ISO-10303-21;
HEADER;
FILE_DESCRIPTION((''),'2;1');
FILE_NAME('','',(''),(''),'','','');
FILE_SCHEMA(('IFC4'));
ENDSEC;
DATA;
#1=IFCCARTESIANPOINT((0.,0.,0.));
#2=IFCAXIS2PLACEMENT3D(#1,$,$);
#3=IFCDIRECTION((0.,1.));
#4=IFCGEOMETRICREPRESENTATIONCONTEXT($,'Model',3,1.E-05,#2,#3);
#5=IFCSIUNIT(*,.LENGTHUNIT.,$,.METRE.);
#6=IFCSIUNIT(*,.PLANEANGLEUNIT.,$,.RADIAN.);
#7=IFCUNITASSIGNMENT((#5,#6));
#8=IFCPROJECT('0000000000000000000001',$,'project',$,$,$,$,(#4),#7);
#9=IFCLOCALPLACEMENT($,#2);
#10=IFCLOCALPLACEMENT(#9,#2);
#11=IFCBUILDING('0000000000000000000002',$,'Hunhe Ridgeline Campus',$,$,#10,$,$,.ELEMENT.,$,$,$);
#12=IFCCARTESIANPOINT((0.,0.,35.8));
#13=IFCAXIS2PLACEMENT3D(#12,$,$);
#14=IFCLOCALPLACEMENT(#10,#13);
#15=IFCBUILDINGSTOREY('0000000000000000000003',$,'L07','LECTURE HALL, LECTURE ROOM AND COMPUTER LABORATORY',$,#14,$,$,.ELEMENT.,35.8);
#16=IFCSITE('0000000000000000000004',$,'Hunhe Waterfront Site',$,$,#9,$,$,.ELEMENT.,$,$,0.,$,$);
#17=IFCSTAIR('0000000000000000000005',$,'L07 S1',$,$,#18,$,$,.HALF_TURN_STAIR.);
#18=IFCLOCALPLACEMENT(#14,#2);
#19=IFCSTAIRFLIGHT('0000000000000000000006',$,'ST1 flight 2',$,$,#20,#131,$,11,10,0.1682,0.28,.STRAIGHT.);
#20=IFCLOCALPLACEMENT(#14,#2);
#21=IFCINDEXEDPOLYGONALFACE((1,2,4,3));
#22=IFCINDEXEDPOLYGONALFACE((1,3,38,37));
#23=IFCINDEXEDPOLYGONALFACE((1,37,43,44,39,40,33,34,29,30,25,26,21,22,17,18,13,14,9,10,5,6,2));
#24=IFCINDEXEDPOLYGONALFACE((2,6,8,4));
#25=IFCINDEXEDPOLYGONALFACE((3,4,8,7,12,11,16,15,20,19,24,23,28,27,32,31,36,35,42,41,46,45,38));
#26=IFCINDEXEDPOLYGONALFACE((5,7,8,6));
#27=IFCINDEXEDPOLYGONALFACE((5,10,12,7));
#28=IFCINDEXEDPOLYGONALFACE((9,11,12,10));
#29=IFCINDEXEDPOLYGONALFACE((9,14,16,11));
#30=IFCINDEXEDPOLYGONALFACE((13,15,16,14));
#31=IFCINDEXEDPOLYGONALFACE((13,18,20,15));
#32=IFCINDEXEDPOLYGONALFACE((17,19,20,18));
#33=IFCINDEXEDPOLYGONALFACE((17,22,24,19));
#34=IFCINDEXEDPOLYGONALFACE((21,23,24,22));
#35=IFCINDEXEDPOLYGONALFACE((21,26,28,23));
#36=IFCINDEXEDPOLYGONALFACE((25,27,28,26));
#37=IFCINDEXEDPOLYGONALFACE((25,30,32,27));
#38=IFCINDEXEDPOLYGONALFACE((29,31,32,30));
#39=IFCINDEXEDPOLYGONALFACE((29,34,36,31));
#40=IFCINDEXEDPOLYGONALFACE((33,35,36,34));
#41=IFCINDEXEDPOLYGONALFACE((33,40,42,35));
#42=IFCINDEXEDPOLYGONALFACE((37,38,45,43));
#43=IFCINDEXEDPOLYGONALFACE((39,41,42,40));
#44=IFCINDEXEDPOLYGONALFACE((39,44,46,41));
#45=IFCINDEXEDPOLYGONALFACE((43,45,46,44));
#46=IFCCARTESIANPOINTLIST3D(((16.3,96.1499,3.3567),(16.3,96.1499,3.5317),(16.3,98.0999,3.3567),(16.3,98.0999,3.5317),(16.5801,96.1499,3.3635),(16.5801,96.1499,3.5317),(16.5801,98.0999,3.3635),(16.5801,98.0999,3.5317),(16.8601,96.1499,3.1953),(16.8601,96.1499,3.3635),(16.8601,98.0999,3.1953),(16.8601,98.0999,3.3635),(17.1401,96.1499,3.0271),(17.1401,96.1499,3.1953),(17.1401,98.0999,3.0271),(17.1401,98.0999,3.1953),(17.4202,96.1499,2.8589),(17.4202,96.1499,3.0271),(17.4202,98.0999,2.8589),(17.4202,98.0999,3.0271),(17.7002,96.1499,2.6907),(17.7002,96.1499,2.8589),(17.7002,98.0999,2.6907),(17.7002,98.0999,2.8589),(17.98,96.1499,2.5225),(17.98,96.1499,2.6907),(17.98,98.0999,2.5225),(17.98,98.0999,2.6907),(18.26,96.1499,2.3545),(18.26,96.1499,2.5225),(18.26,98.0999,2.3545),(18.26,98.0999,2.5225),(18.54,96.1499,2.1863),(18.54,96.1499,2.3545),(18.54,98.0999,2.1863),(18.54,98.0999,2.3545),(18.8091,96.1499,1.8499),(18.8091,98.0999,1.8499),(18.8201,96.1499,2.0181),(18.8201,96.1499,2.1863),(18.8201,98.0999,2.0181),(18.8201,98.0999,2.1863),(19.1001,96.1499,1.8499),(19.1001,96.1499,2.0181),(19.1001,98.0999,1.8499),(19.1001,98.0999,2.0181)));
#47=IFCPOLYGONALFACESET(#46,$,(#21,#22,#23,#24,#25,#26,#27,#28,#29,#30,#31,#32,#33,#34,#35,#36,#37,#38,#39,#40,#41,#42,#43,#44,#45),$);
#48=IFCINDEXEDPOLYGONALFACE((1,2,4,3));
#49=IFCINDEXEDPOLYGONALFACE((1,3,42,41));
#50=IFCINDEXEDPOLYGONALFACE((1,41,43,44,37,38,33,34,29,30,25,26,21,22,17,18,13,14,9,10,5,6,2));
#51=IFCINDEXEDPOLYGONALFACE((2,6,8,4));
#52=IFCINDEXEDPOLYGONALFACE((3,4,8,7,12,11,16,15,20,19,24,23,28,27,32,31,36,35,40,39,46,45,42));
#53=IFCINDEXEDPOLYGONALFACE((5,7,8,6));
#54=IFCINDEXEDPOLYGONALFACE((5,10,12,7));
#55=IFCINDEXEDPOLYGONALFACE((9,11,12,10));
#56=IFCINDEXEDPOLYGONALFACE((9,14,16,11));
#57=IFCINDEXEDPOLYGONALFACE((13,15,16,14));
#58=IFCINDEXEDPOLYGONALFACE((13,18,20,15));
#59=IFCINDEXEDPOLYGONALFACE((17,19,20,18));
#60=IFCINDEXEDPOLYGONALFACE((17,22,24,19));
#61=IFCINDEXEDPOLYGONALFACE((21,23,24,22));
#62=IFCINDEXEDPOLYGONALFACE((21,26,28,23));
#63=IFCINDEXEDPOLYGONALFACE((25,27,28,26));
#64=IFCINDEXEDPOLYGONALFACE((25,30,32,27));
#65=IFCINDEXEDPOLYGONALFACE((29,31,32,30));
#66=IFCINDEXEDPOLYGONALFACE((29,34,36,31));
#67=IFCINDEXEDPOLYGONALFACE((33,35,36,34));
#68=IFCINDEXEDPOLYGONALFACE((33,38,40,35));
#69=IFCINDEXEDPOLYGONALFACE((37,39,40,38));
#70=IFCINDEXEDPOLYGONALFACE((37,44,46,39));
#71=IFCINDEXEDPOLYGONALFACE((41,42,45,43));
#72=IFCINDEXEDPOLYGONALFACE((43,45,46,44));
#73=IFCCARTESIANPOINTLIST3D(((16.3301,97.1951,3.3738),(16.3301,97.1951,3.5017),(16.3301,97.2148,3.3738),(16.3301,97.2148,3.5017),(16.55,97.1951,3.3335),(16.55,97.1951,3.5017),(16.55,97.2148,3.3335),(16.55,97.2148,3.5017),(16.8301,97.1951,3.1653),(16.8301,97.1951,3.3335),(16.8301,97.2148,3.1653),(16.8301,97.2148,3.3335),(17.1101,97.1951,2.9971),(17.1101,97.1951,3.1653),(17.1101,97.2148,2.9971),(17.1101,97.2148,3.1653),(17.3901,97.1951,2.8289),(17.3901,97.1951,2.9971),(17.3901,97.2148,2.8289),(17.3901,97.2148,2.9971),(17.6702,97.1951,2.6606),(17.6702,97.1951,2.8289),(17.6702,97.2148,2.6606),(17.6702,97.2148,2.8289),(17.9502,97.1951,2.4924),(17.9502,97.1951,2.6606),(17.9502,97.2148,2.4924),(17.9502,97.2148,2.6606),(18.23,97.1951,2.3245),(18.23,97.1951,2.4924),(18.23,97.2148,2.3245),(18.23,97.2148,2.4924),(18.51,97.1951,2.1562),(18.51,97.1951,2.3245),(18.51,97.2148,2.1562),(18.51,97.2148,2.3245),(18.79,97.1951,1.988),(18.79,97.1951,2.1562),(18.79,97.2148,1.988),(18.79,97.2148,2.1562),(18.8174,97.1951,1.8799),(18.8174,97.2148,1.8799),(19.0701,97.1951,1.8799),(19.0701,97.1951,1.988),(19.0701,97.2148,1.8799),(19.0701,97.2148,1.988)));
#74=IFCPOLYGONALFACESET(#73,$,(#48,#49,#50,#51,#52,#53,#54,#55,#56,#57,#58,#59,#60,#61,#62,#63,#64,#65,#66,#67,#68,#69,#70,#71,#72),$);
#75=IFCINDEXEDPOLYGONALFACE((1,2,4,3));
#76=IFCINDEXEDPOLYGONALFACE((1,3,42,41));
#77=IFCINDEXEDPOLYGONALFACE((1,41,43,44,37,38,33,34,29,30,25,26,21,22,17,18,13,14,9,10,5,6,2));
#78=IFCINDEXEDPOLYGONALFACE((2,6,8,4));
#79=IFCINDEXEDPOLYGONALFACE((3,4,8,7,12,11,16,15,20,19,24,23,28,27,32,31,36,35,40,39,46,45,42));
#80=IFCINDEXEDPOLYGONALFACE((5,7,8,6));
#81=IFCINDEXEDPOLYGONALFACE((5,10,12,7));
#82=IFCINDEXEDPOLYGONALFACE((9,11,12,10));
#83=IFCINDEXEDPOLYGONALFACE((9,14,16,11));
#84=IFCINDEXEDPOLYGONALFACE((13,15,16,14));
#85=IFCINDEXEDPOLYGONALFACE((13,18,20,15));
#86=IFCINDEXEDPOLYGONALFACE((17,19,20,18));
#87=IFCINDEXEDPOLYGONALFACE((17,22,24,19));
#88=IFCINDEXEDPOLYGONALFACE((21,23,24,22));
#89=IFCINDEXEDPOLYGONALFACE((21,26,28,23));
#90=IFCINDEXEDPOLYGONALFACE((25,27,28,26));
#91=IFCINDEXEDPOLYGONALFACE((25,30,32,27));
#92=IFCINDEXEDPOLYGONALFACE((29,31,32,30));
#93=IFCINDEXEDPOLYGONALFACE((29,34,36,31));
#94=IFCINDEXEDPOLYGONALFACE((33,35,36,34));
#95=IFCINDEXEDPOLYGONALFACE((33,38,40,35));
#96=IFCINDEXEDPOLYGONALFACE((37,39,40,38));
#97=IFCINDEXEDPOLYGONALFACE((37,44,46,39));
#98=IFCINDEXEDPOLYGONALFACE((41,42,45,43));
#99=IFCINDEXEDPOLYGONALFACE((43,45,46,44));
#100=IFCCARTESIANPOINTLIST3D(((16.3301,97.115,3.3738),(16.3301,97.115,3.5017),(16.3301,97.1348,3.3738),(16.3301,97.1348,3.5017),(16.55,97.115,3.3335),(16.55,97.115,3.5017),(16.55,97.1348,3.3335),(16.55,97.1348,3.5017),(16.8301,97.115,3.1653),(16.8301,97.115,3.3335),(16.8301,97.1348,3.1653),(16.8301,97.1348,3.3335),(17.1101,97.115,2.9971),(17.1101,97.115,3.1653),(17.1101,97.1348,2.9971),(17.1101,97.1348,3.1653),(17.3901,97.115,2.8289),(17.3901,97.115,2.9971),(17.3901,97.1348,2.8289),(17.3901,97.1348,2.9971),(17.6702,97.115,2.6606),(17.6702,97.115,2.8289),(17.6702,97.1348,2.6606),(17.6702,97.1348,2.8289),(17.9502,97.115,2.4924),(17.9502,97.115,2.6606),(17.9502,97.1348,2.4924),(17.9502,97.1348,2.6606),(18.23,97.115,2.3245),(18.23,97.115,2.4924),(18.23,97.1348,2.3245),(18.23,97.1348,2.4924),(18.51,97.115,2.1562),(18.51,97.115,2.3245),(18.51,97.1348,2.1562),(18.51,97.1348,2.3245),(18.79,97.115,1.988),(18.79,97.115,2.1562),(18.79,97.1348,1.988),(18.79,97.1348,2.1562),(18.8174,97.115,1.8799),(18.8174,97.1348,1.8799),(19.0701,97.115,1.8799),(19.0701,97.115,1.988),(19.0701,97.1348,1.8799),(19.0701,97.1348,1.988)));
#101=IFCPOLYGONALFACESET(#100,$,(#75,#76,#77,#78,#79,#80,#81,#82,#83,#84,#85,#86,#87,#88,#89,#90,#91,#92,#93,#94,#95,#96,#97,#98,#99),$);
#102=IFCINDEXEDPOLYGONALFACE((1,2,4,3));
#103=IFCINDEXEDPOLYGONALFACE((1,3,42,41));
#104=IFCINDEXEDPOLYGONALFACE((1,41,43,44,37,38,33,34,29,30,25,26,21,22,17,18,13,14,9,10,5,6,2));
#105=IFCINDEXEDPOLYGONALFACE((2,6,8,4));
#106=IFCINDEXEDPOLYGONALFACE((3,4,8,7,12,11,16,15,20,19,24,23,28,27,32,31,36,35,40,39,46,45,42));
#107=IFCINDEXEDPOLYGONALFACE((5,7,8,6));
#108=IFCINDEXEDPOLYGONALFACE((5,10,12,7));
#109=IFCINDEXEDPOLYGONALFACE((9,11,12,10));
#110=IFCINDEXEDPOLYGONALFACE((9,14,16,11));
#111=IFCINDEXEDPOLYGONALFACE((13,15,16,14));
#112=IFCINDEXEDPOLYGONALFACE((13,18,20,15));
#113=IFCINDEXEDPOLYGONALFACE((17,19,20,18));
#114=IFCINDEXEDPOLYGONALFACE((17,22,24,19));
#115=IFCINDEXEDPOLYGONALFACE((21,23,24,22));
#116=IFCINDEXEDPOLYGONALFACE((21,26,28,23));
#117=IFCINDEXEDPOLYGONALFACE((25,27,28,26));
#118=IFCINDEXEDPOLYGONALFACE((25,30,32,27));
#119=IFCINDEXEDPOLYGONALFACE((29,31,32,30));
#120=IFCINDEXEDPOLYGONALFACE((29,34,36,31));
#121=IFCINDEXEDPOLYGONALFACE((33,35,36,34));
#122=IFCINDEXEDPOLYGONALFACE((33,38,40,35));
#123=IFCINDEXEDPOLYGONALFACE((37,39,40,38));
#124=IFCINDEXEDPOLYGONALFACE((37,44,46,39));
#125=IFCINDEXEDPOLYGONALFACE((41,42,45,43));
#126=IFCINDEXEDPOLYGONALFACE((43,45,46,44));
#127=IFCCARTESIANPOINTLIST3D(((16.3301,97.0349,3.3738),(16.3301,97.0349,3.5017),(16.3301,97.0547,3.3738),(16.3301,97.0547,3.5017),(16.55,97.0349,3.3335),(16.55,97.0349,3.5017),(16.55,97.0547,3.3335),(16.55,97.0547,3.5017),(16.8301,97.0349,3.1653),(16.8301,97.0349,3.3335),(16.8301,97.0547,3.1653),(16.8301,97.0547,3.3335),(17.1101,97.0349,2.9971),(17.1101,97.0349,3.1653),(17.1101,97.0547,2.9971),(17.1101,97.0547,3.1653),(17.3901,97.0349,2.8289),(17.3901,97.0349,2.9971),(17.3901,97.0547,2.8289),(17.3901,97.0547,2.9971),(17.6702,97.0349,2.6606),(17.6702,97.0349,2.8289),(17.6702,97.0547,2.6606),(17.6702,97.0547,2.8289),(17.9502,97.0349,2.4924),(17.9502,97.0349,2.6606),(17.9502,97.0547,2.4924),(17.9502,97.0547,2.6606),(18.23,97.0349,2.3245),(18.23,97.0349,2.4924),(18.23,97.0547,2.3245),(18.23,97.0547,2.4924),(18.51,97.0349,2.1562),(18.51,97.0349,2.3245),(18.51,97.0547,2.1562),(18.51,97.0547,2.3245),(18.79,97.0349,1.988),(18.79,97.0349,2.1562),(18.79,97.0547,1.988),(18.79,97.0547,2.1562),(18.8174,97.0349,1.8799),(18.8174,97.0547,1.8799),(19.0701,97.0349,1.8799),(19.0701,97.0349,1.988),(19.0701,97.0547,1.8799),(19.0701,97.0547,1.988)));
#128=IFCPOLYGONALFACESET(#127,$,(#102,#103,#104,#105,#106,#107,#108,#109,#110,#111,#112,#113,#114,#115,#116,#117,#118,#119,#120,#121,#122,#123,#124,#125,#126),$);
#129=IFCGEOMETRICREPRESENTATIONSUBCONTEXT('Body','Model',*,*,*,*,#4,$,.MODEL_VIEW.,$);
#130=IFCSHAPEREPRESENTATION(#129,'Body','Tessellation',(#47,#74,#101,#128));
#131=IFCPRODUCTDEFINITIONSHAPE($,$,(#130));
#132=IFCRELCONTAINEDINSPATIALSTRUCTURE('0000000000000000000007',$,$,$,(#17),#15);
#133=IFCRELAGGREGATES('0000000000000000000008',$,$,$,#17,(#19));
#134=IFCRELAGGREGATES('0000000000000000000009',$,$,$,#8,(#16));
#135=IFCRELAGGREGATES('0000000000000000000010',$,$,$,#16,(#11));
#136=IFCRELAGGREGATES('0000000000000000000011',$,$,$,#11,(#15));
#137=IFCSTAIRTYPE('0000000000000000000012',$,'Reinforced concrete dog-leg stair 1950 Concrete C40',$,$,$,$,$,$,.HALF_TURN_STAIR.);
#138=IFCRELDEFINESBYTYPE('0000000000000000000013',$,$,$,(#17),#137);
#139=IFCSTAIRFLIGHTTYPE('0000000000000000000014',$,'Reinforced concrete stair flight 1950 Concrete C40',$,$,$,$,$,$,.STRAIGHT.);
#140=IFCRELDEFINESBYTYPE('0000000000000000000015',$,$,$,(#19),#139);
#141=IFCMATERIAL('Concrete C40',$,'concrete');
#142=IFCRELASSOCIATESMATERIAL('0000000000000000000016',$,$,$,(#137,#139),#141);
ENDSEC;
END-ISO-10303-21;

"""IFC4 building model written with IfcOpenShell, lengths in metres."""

from ifc_helpers import new_model, si_unit, direction, frame, origin, place, context, subcontext, project, spatial, polyline, outline, extrude, material, type_object, element, aggregate, save


model = new_model("IFC4")

# Units and contexts
model_context = context("Model", 3, precision=1e-05, world=origin(), true_north=direction((0.0, 1.0)))
body_context = subcontext(model_context, "Body", "Model", "MODEL_VIEW")
ifc_project = project(units=[si_unit("LENGTHUNIT", "METRE"), si_unit("PLANEANGLEUNIT", "RADIAN")], contexts=[model_context])

# Site, building, storey
site_placement = place(None, origin())
site = spatial("IfcSite", under=ifc_project, at=site_placement, Name="Hunhe Waterfront Site", CompositionType="ELEMENT", RefElevation=0.0)
building_placement = place(site_placement, origin())
building = spatial("IfcBuilding", under=site, at=building_placement, Name="Hunhe Ridgeline Campus", CompositionType="ELEMENT")
storey_placement = place(building_placement, frame((0.0, 0.0, 35.8)))
storey = spatial("IfcBuildingStorey", under=building, at=storey_placement, Name="L07", Description="LECTURE HALL, LECTURE ROOM AND COMPUTER LABORATORY", CompositionType="ELEMENT", Elevation=35.8)

# Stair, stair flight
ifc_material_1 = material(Name="Concrete C40", Category="concrete")
stair_type = type_object("IfcStairType", Name="Reinforced concrete dog-leg stair 1950 Concrete C40", PredefinedType="HALF_TURN_STAIR", material=ifc_material_1)
stair_placement = place(storey_placement, origin())
stair = element("IfcStair", 1, at=stair_placement, inside=storey, type_object=stair_type, Name="L07 S1", PredefinedType="HALF_TURN_STAIR")
stair_flight_type = type_object("IfcStairFlightType", Name="Reinforced concrete stair flight 1950 Concrete C40", PredefinedType="STRAIGHT", material=ifc_material_1)
stair_flight_1_placement = place(storey_placement, frame((19.1001, 97.125, 1.8499), z_axis=(0.0, 0.0, 1.0), x_axis=(-1.0, 0.0, 0.0)))
stair_flight_1 = element("IfcStairFlight", 2, at=stair_flight_1_placement, type_object=stair_flight_type, Name="ST1 flight 2", NumberOfRisers=11, NumberOfTreads=10, PredefinedType="STRAIGHT", RiserHeight=0.1682, TreadLength=0.28, context=body_context, shape_type="SweptSolid", body=[
    extrude(outline(polyline([(0.0, 0.0), (0.0, 0.1682), (0.28, 0.1682), (0.28, 0.3364), (0.5601, 0.3364), (0.5601, 0.5046), (0.8401, 0.5046), (0.8401, 0.6726), (1.1201, 0.6726), (1.1201, 0.8408), (1.3999, 0.8408), (1.3999, 1.009), (1.6799, 1.009), (1.6799, 1.1772), (1.96, 1.1772), (1.96, 1.3455), (2.24, 1.3455), (2.24, 1.5137), (2.52, 1.5137), (2.52, 1.6819), (2.8, 1.6819), (2.8, 1.8501), (2.8, 1.5068), (0.291, 0.0), (0.0, 0.0)])), frame((0.0, 0.9751, 0.0), z_axis=(0.0, -1.0, 0.0), x_axis=(1.0, 0.0, 0.0)), (0.0, 0.0, 1.0), 1.95),
    extrude(outline(polyline([(0.03, 0.03), (0.03, 0.1382), (0.3101, 0.1382), (0.3101, 0.3064), (0.5901, 0.3064), (0.5901, 0.4746), (0.8701, 0.4746), (0.8701, 0.6426), (1.1499, 0.6426), (1.1499, 0.8108), (1.4299, 0.8108), (1.4299, 0.979), (1.71, 0.979), (1.71, 1.1472), (1.99, 1.1472), (1.99, 1.3154), (2.27, 1.3154), (2.27, 1.4836), (2.55, 1.4836), (2.55, 1.6519), (2.77, 1.6519), (2.77, 1.5239), (0.2827, 0.03), (0.03, 0.03)])), frame((0.0, -0.0701, 0.0), z_axis=(0.0, -1.0, 0.0), x_axis=(1.0, 0.0, 0.0)), (0.0, 0.0, 1.0), 0.0198),
    extrude(outline(polyline([(0.03, 0.03), (0.03, 0.1382), (0.3101, 0.1382), (0.3101, 0.3064), (0.5901, 0.3064), (0.5901, 0.4746), (0.8701, 0.4746), (0.8701, 0.6426), (1.1499, 0.6426), (1.1499, 0.8108), (1.4299, 0.8108), (1.4299, 0.979), (1.71, 0.979), (1.71, 1.1472), (1.99, 1.1472), (1.99, 1.3154), (2.27, 1.3154), (2.27, 1.4836), (2.55, 1.4836), (2.55, 1.6519), (2.77, 1.6519), (2.77, 1.5239), (0.2827, 0.03), (0.03, 0.03)])), frame((0.0, 0.01, 0.0), z_axis=(0.0, -1.0, 0.0), x_axis=(1.0, 0.0, 0.0)), (0.0, 0.0, 1.0), 0.0198),
    extrude(outline(polyline([(0.03, 0.03), (0.03, 0.1382), (0.3101, 0.1382), (0.3101, 0.3064), (0.5901, 0.3064), (0.5901, 0.4746), (0.8701, 0.4746), (0.8701, 0.6426), (1.1499, 0.6426), (1.1499, 0.8108), (1.4299, 0.8108), (1.4299, 0.979), (1.71, 0.979), (1.71, 1.1472), (1.99, 1.1472), (1.99, 1.3154), (2.27, 1.3154), (2.27, 1.4836), (2.55, 1.4836), (2.55, 1.6519), (2.77, 1.6519), (2.77, 1.5239), (0.2827, 0.03), (0.03, 0.03)])), frame((0.0, 0.0901, 0.0), z_axis=(0.0, -1.0, 0.0), x_axis=(1.0, 0.0, 0.0)), (0.0, 0.0, 1.0), 0.0198),
])
aggregate(stair, [stair_flight_1])

save(model, "model.ifc")
